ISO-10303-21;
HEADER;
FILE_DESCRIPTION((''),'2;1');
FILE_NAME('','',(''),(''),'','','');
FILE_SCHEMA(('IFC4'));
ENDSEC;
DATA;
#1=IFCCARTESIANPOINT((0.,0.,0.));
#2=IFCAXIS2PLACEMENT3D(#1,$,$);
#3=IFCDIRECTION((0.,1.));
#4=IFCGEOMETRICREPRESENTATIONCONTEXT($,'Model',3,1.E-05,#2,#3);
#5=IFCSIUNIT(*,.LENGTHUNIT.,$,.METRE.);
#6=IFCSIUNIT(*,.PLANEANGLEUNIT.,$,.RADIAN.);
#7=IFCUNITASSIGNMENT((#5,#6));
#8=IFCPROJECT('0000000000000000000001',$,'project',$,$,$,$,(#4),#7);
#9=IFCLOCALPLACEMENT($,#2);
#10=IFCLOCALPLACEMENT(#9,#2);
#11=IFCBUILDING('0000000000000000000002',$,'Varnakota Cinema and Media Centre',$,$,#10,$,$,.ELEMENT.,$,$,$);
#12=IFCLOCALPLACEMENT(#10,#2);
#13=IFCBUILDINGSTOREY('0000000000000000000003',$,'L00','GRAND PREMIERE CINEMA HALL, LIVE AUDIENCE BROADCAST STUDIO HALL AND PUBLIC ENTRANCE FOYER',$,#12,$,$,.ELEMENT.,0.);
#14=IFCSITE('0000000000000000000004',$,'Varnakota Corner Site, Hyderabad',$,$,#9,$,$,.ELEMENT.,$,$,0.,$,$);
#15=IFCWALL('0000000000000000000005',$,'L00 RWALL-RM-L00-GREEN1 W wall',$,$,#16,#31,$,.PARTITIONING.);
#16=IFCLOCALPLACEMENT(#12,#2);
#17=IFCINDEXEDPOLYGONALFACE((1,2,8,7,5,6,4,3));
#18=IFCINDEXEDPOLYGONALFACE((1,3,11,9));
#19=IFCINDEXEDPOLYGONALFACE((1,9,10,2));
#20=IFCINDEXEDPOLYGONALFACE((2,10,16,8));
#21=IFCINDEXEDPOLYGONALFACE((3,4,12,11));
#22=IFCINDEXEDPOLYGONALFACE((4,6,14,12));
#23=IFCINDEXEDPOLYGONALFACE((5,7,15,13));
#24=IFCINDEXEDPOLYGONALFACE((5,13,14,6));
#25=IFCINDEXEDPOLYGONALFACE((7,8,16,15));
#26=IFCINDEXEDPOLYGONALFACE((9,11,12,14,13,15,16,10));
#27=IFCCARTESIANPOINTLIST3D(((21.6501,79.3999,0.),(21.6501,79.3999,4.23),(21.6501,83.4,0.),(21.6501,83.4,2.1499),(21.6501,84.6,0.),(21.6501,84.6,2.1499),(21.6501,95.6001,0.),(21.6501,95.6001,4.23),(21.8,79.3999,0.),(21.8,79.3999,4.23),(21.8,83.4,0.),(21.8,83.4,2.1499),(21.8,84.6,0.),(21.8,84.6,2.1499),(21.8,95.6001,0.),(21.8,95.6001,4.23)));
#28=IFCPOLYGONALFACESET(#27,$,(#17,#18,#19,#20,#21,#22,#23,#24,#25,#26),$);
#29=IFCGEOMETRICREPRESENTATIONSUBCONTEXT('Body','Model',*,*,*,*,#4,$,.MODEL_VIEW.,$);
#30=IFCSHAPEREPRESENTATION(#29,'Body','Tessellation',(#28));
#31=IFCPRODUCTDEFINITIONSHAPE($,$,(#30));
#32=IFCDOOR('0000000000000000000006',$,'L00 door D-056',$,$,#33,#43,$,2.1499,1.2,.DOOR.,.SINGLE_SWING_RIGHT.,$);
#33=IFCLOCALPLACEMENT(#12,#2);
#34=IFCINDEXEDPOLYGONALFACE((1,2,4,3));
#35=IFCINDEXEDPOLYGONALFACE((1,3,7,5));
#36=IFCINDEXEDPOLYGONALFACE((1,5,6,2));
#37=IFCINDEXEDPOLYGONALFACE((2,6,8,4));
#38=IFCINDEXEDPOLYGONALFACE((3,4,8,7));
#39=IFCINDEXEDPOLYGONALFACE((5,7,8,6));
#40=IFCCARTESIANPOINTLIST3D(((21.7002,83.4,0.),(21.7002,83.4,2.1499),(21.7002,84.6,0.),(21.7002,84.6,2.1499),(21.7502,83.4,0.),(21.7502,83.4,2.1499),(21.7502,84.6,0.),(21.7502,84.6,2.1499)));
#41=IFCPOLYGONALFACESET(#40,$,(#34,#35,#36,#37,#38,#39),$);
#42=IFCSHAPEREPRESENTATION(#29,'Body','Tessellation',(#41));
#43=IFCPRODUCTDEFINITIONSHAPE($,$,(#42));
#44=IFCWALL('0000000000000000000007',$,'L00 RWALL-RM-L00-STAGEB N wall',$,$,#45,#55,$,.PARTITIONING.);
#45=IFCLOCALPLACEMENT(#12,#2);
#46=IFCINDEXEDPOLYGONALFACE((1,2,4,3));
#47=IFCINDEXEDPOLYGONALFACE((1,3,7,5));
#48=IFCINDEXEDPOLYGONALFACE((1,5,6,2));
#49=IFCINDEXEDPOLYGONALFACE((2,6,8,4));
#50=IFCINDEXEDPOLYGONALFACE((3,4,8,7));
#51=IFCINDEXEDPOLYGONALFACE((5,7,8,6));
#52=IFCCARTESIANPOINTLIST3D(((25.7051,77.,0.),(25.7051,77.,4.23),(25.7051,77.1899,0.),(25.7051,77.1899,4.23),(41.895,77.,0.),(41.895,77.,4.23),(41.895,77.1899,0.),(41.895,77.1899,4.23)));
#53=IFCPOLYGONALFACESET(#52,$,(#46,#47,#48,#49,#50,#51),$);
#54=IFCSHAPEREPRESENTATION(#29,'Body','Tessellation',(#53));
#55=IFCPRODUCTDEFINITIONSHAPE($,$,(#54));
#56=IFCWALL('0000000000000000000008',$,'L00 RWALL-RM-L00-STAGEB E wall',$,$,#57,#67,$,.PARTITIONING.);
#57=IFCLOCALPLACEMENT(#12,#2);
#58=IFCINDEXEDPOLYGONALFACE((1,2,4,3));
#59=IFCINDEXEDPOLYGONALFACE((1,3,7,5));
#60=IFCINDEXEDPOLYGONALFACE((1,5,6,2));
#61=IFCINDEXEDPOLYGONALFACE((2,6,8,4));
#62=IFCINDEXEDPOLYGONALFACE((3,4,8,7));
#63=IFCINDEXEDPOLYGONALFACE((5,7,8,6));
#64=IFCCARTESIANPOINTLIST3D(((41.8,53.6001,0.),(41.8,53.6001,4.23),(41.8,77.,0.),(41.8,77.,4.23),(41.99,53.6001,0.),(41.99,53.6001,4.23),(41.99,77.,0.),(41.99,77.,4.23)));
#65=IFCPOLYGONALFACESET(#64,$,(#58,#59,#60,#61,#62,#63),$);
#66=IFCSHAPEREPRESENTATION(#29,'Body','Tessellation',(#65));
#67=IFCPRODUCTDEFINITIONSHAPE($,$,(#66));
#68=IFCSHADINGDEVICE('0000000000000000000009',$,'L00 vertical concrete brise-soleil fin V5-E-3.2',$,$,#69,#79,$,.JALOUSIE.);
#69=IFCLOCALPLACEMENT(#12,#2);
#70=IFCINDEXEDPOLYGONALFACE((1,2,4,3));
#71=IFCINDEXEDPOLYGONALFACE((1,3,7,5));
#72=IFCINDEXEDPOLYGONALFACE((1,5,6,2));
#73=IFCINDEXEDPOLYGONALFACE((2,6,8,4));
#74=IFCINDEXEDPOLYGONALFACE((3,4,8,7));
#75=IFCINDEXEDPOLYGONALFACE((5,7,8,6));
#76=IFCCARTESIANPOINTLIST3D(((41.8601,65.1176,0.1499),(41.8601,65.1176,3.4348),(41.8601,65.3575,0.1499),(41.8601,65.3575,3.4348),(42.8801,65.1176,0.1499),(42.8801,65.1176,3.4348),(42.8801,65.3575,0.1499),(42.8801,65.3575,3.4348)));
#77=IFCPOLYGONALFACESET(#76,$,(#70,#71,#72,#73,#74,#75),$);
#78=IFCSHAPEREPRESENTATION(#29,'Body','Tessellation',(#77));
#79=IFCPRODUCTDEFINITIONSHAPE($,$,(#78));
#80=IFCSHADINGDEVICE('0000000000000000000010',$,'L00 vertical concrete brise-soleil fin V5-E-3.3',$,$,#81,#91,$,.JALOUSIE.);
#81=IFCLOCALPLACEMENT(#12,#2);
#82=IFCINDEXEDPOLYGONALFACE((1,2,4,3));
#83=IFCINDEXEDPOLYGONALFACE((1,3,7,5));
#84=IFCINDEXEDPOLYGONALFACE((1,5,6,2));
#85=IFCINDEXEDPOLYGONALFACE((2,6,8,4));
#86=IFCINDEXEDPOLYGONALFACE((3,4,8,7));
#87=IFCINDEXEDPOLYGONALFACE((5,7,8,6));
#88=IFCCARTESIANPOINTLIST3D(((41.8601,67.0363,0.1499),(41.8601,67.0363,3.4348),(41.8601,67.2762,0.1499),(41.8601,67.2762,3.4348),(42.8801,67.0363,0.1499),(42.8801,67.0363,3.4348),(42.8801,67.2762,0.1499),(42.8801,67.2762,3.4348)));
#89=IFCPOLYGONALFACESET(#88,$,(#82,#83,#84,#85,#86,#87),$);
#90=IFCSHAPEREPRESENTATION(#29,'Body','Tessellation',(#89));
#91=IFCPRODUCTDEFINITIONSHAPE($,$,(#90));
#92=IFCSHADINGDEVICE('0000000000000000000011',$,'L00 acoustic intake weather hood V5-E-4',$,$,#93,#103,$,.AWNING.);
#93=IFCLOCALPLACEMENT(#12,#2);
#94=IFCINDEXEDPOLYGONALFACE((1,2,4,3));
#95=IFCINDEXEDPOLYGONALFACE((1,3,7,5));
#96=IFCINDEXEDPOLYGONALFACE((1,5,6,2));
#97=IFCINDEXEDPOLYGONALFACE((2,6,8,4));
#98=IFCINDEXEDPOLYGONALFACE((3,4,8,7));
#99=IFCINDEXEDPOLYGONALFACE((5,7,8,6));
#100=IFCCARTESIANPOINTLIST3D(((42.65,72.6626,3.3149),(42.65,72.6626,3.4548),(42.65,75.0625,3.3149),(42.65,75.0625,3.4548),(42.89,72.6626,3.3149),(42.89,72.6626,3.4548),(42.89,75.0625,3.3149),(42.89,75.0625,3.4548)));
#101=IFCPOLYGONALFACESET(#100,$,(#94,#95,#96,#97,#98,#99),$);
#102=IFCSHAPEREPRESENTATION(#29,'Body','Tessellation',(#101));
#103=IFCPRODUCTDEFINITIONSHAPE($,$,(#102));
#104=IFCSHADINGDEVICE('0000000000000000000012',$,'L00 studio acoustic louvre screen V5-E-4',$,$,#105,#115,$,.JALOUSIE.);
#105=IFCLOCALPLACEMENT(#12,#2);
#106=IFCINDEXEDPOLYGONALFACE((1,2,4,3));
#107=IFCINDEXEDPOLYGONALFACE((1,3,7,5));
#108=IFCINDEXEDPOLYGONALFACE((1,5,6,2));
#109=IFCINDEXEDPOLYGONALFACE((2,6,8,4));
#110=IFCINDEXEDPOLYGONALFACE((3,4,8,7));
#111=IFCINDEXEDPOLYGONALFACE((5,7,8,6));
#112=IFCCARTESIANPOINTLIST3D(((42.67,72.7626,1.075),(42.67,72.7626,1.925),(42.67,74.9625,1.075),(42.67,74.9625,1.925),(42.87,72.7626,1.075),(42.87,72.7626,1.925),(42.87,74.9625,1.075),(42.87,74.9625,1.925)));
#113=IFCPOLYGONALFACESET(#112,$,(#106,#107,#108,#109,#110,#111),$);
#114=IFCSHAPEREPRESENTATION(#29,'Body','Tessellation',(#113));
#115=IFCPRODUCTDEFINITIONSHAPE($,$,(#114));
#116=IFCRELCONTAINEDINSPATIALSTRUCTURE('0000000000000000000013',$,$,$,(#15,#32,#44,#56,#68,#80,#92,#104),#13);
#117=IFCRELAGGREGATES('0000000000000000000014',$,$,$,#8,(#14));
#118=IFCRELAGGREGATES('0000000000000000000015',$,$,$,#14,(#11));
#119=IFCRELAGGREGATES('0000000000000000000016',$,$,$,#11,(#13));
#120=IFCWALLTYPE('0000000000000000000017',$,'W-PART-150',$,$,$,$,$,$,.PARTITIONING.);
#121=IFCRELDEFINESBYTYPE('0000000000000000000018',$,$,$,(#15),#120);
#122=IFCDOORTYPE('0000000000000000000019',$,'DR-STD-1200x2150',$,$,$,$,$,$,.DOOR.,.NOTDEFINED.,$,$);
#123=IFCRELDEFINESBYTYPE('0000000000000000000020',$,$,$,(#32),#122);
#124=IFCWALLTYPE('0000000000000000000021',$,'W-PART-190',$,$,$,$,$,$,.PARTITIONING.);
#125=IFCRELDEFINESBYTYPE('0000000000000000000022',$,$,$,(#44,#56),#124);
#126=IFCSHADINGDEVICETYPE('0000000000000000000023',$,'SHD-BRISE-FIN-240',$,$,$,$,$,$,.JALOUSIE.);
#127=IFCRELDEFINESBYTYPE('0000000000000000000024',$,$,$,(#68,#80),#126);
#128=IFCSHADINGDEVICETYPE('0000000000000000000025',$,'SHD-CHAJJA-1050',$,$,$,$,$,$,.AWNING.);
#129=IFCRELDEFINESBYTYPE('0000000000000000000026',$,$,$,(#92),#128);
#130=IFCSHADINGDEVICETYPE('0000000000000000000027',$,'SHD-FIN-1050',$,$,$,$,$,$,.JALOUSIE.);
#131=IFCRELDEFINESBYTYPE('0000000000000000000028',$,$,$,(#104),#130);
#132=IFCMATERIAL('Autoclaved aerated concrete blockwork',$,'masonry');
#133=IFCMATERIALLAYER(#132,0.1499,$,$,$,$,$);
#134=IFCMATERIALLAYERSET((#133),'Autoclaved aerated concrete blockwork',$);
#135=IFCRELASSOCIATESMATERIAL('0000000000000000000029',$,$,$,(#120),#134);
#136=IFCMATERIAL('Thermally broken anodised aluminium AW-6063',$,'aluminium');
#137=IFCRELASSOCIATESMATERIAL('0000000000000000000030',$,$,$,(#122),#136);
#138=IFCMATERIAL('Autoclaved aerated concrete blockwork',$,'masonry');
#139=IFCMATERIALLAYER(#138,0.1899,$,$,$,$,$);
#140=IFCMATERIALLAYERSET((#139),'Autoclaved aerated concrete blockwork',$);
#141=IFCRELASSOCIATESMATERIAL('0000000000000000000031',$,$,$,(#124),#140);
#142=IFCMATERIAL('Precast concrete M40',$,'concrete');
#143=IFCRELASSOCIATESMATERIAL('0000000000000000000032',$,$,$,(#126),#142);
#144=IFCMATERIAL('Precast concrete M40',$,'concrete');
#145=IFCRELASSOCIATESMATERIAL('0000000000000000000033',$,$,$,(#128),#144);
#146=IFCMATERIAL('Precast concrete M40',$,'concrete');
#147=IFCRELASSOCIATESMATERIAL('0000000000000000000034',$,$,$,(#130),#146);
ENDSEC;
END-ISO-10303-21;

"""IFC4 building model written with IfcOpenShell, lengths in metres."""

from ifc_helpers import new_model, si_unit, direction, frame, frame_2d, origin, origin_2d, place, context, subcontext, project, spatial, rectangle, extrude, material, layer, layer_set, type_object, element, fill, save


model = new_model("IFC4")

# Units and contexts
model_context = context("Model", 3, precision=1e-05, world=origin(), true_north=direction((0.0, 1.0)))
body_context = subcontext(model_context, "Body", "Model", "MODEL_VIEW")
ifc_project = project(units=[si_unit("LENGTHUNIT", "METRE"), si_unit("PLANEANGLEUNIT", "RADIAN")], contexts=[model_context])

# Site, building, storey
site_placement = place(None, origin())
site = spatial("IfcSite", under=ifc_project, at=site_placement, Name="Varnakota Corner Site, Hyderabad", CompositionType="ELEMENT", RefElevation=0.0)
building_placement = place(site_placement, origin())
building = spatial("IfcBuilding", under=site, at=building_placement, Name="Varnakota Cinema and Media Centre", CompositionType="ELEMENT")
storey_placement = place(building_placement, origin())
storey = spatial("IfcBuildingStorey", under=building, at=storey_placement, Name="L00", Description="GRAND PREMIERE CINEMA HALL, LIVE AUDIENCE BROADCAST STUDIO HALL AND PUBLIC ENTRANCE FOYER", CompositionType="ELEMENT", Elevation=0.0)

# Shared definitions
ifc_material_1 = material(Name="Autoclaved aerated concrete blockwork", Category="masonry")
ifc_layer_1 = layer(ifc_material_1, 0.1499)
ifc_layer_set_1 = layer_set([ifc_layer_1], Name="Autoclaved aerated concrete blockwork")
wall_type_1 = type_object("IfcWallType", Name="W-PART-150", PredefinedType="PARTITIONING", material=ifc_layer_set_1)

# Wall, opening, door
wall_1_placement = place(storey_placement, frame((21.7251, 79.3999, 0.0), z_axis=(0.0, 0.0, 1.0), x_axis=(0.0, 1.0, 0.0)))
wall_1 = element("IfcWall", 1, at=wall_1_placement, inside=storey, type_object=wall_type_1, Name="L00 RWALL-RM-L00-GREEN1 W wall", PredefinedType="PARTITIONING", context=body_context, shape_type="SweptSolid", body=[
    extrude(rectangle(XDim=16.2002, YDim=0.1499, at=frame_2d((8.1001, 0.0))), origin(), (0.0, 0.0, 1.0), 4.23),
])
opening_placement = place(wall_1_placement, frame((4.0, 0.0, 0.0)))
opening = element("IfcOpeningElement", 2, at=opening_placement, cuts=wall_1, PredefinedType="OPENING", context=body_context, shape_type="SweptSolid", body=[
    extrude(rectangle(XDim=1.2, YDim=2.1499, at=frame_2d((0.6001, 1.075))), frame((0.0, 0.075, 0.0), z_axis=(0.0, -1.0, 0.0), x_axis=(1.0, 0.0, 0.0)), (0.0, 0.0, 1.0), 0.1499),
])
ifc_material_2 = material(Name="Thermally broken anodised aluminium AW-6063", Category="aluminium")
door_type = type_object("IfcDoorType", Name="DR-STD-1200x2150", OperationType="NOTDEFINED", PredefinedType="DOOR", material=ifc_material_2)
door_placement = place(opening_placement, origin())
door = element("IfcDoor", 3, at=door_placement, inside=storey, type_object=door_type, Name="L00 door D-056", OperationType="SINGLE_SWING_RIGHT", OverallHeight=2.1499, OverallWidth=1.2, PredefinedType="DOOR", context=body_context, shape_type="SweptSolid", body=[
    extrude(rectangle(XDim=1.2, YDim=2.1499, at=frame_2d((0.6001, 1.075))), frame((0.0, 0.0249, 0.0), z_axis=(0.0, -1.0, 0.0), x_axis=(1.0, 0.0, 0.0)), (0.0, 0.0, 1.0), 0.05),
])
fill(opening, door)

# Walls
ifc_material_3 = material(Name="Autoclaved aerated concrete blockwork", Category="masonry")
ifc_layer_2 = layer(ifc_material_3, 0.1899)
ifc_layer_set_2 = layer_set([ifc_layer_2], Name="Autoclaved aerated concrete blockwork")
wall_type_2 = type_object("IfcWallType", Name="W-PART-190", PredefinedType="PARTITIONING", material=ifc_layer_set_2)
wall_2_placement = place(storey_placement, frame((25.7051, 77.095, 0.0), z_axis=(0.0, 0.0, 1.0), x_axis=(1.0, 0.0, 0.0)))
element("IfcWall", 4, at=wall_2_placement, inside=storey, type_object=wall_type_2, Name="L00 RWALL-RM-L00-STAGEB N wall", PredefinedType="PARTITIONING", context=body_context, shape_type="SweptSolid", body=[
    extrude(rectangle(XDim=16.1899, YDim=0.1899, at=frame_2d((8.095, 0.0))), origin(), (0.0, 0.0, 1.0), 4.23),
])
wall_3_placement = place(storey_placement, frame((41.895, 77.0, 0.0), z_axis=(0.0, 0.0, 1.0), x_axis=(0.0, -1.0, 0.0)))
element("IfcWall", 5, at=wall_3_placement, inside=storey, type_object=wall_type_2, Name="L00 RWALL-RM-L00-STAGEB E wall", PredefinedType="PARTITIONING", context=body_context, shape_type="SweptSolid", body=[
    extrude(rectangle(XDim=23.3999, YDim=0.1899, at=frame_2d((11.7, 0.0))), origin(), (0.0, 0.0, 1.0), 4.23),
])

# Shading devices
ifc_material_4 = material(Name="Precast concrete M40", Category="concrete")
shading_device_type_1 = type_object("IfcShadingDeviceType", Name="SHD-BRISE-FIN-240", PredefinedType="JALOUSIE", material=ifc_material_4)
for number, where, z_axis, x_axis, name in (
    (6, (42.3701, 65.2375, 0.1499), (0.0, 0.0, 1.0), (0.0, 1.0, 0.0), "L00 vertical concrete brise-soleil fin V5-E-3.2"),
    (7, (42.3701, 67.1562, 0.1499), (0.0, 0.0, 1.0), (0.0, 1.0, 0.0), "L00 vertical concrete brise-soleil fin V5-E-3.3"),
):
    element("IfcShadingDevice", number, at=place(storey_placement, frame(where, z_axis=z_axis, x_axis=x_axis)), inside=storey, type_object=shading_device_type_1, Name=name, PredefinedType="JALOUSIE", context=body_context, shape_type="SweptSolid", body=[
        extrude(rectangle(XDim=0.24, YDim=1.02, at=origin_2d()), origin(), (0.0, 0.0, 1.0), 3.2849),
    ])
ifc_material_5 = material(Name="Precast concrete M40", Category="concrete")
shading_device_type_2 = type_object("IfcShadingDeviceType", Name="SHD-CHAJJA-1050", PredefinedType="AWNING", material=ifc_material_5)
shading_device_1_placement = place(storey_placement, frame((42.77, 73.8625, 3.3149), z_axis=(0.0, 0.0, 1.0), x_axis=(0.0, 1.0, 0.0)))
element("IfcShadingDevice", 8, at=shading_device_1_placement, inside=storey, type_object=shading_device_type_2, Name="L00 acoustic intake weather hood V5-E-4", PredefinedType="AWNING", context=body_context, shape_type="SweptSolid", body=[
    extrude(rectangle(XDim=2.3999, YDim=0.24, at=origin_2d()), origin(), (0.0, 0.0, 1.0), 0.1399),
])
ifc_material_6 = material(Name="Precast concrete M40", Category="concrete")
shading_device_type_3 = type_object("IfcShadingDeviceType", Name="SHD-FIN-1050", PredefinedType="JALOUSIE", material=ifc_material_6)
shading_device_2_placement = place(storey_placement, frame((42.77, 73.8625, 1.075), z_axis=(0.0, 0.0, 1.0), x_axis=(0.0, 1.0, 0.0)))
element("IfcShadingDevice", 9, at=shading_device_2_placement, inside=storey, type_object=shading_device_type_3, Name="L00 studio acoustic louvre screen V5-E-4", PredefinedType="JALOUSIE", context=body_context, shape_type="SweptSolid", body=[
    extrude(rectangle(XDim=2.2, YDim=0.2, at=origin_2d()), origin(), (0.0, 0.0, 1.0), 0.8501),
])

save(model, "model.ifc")
